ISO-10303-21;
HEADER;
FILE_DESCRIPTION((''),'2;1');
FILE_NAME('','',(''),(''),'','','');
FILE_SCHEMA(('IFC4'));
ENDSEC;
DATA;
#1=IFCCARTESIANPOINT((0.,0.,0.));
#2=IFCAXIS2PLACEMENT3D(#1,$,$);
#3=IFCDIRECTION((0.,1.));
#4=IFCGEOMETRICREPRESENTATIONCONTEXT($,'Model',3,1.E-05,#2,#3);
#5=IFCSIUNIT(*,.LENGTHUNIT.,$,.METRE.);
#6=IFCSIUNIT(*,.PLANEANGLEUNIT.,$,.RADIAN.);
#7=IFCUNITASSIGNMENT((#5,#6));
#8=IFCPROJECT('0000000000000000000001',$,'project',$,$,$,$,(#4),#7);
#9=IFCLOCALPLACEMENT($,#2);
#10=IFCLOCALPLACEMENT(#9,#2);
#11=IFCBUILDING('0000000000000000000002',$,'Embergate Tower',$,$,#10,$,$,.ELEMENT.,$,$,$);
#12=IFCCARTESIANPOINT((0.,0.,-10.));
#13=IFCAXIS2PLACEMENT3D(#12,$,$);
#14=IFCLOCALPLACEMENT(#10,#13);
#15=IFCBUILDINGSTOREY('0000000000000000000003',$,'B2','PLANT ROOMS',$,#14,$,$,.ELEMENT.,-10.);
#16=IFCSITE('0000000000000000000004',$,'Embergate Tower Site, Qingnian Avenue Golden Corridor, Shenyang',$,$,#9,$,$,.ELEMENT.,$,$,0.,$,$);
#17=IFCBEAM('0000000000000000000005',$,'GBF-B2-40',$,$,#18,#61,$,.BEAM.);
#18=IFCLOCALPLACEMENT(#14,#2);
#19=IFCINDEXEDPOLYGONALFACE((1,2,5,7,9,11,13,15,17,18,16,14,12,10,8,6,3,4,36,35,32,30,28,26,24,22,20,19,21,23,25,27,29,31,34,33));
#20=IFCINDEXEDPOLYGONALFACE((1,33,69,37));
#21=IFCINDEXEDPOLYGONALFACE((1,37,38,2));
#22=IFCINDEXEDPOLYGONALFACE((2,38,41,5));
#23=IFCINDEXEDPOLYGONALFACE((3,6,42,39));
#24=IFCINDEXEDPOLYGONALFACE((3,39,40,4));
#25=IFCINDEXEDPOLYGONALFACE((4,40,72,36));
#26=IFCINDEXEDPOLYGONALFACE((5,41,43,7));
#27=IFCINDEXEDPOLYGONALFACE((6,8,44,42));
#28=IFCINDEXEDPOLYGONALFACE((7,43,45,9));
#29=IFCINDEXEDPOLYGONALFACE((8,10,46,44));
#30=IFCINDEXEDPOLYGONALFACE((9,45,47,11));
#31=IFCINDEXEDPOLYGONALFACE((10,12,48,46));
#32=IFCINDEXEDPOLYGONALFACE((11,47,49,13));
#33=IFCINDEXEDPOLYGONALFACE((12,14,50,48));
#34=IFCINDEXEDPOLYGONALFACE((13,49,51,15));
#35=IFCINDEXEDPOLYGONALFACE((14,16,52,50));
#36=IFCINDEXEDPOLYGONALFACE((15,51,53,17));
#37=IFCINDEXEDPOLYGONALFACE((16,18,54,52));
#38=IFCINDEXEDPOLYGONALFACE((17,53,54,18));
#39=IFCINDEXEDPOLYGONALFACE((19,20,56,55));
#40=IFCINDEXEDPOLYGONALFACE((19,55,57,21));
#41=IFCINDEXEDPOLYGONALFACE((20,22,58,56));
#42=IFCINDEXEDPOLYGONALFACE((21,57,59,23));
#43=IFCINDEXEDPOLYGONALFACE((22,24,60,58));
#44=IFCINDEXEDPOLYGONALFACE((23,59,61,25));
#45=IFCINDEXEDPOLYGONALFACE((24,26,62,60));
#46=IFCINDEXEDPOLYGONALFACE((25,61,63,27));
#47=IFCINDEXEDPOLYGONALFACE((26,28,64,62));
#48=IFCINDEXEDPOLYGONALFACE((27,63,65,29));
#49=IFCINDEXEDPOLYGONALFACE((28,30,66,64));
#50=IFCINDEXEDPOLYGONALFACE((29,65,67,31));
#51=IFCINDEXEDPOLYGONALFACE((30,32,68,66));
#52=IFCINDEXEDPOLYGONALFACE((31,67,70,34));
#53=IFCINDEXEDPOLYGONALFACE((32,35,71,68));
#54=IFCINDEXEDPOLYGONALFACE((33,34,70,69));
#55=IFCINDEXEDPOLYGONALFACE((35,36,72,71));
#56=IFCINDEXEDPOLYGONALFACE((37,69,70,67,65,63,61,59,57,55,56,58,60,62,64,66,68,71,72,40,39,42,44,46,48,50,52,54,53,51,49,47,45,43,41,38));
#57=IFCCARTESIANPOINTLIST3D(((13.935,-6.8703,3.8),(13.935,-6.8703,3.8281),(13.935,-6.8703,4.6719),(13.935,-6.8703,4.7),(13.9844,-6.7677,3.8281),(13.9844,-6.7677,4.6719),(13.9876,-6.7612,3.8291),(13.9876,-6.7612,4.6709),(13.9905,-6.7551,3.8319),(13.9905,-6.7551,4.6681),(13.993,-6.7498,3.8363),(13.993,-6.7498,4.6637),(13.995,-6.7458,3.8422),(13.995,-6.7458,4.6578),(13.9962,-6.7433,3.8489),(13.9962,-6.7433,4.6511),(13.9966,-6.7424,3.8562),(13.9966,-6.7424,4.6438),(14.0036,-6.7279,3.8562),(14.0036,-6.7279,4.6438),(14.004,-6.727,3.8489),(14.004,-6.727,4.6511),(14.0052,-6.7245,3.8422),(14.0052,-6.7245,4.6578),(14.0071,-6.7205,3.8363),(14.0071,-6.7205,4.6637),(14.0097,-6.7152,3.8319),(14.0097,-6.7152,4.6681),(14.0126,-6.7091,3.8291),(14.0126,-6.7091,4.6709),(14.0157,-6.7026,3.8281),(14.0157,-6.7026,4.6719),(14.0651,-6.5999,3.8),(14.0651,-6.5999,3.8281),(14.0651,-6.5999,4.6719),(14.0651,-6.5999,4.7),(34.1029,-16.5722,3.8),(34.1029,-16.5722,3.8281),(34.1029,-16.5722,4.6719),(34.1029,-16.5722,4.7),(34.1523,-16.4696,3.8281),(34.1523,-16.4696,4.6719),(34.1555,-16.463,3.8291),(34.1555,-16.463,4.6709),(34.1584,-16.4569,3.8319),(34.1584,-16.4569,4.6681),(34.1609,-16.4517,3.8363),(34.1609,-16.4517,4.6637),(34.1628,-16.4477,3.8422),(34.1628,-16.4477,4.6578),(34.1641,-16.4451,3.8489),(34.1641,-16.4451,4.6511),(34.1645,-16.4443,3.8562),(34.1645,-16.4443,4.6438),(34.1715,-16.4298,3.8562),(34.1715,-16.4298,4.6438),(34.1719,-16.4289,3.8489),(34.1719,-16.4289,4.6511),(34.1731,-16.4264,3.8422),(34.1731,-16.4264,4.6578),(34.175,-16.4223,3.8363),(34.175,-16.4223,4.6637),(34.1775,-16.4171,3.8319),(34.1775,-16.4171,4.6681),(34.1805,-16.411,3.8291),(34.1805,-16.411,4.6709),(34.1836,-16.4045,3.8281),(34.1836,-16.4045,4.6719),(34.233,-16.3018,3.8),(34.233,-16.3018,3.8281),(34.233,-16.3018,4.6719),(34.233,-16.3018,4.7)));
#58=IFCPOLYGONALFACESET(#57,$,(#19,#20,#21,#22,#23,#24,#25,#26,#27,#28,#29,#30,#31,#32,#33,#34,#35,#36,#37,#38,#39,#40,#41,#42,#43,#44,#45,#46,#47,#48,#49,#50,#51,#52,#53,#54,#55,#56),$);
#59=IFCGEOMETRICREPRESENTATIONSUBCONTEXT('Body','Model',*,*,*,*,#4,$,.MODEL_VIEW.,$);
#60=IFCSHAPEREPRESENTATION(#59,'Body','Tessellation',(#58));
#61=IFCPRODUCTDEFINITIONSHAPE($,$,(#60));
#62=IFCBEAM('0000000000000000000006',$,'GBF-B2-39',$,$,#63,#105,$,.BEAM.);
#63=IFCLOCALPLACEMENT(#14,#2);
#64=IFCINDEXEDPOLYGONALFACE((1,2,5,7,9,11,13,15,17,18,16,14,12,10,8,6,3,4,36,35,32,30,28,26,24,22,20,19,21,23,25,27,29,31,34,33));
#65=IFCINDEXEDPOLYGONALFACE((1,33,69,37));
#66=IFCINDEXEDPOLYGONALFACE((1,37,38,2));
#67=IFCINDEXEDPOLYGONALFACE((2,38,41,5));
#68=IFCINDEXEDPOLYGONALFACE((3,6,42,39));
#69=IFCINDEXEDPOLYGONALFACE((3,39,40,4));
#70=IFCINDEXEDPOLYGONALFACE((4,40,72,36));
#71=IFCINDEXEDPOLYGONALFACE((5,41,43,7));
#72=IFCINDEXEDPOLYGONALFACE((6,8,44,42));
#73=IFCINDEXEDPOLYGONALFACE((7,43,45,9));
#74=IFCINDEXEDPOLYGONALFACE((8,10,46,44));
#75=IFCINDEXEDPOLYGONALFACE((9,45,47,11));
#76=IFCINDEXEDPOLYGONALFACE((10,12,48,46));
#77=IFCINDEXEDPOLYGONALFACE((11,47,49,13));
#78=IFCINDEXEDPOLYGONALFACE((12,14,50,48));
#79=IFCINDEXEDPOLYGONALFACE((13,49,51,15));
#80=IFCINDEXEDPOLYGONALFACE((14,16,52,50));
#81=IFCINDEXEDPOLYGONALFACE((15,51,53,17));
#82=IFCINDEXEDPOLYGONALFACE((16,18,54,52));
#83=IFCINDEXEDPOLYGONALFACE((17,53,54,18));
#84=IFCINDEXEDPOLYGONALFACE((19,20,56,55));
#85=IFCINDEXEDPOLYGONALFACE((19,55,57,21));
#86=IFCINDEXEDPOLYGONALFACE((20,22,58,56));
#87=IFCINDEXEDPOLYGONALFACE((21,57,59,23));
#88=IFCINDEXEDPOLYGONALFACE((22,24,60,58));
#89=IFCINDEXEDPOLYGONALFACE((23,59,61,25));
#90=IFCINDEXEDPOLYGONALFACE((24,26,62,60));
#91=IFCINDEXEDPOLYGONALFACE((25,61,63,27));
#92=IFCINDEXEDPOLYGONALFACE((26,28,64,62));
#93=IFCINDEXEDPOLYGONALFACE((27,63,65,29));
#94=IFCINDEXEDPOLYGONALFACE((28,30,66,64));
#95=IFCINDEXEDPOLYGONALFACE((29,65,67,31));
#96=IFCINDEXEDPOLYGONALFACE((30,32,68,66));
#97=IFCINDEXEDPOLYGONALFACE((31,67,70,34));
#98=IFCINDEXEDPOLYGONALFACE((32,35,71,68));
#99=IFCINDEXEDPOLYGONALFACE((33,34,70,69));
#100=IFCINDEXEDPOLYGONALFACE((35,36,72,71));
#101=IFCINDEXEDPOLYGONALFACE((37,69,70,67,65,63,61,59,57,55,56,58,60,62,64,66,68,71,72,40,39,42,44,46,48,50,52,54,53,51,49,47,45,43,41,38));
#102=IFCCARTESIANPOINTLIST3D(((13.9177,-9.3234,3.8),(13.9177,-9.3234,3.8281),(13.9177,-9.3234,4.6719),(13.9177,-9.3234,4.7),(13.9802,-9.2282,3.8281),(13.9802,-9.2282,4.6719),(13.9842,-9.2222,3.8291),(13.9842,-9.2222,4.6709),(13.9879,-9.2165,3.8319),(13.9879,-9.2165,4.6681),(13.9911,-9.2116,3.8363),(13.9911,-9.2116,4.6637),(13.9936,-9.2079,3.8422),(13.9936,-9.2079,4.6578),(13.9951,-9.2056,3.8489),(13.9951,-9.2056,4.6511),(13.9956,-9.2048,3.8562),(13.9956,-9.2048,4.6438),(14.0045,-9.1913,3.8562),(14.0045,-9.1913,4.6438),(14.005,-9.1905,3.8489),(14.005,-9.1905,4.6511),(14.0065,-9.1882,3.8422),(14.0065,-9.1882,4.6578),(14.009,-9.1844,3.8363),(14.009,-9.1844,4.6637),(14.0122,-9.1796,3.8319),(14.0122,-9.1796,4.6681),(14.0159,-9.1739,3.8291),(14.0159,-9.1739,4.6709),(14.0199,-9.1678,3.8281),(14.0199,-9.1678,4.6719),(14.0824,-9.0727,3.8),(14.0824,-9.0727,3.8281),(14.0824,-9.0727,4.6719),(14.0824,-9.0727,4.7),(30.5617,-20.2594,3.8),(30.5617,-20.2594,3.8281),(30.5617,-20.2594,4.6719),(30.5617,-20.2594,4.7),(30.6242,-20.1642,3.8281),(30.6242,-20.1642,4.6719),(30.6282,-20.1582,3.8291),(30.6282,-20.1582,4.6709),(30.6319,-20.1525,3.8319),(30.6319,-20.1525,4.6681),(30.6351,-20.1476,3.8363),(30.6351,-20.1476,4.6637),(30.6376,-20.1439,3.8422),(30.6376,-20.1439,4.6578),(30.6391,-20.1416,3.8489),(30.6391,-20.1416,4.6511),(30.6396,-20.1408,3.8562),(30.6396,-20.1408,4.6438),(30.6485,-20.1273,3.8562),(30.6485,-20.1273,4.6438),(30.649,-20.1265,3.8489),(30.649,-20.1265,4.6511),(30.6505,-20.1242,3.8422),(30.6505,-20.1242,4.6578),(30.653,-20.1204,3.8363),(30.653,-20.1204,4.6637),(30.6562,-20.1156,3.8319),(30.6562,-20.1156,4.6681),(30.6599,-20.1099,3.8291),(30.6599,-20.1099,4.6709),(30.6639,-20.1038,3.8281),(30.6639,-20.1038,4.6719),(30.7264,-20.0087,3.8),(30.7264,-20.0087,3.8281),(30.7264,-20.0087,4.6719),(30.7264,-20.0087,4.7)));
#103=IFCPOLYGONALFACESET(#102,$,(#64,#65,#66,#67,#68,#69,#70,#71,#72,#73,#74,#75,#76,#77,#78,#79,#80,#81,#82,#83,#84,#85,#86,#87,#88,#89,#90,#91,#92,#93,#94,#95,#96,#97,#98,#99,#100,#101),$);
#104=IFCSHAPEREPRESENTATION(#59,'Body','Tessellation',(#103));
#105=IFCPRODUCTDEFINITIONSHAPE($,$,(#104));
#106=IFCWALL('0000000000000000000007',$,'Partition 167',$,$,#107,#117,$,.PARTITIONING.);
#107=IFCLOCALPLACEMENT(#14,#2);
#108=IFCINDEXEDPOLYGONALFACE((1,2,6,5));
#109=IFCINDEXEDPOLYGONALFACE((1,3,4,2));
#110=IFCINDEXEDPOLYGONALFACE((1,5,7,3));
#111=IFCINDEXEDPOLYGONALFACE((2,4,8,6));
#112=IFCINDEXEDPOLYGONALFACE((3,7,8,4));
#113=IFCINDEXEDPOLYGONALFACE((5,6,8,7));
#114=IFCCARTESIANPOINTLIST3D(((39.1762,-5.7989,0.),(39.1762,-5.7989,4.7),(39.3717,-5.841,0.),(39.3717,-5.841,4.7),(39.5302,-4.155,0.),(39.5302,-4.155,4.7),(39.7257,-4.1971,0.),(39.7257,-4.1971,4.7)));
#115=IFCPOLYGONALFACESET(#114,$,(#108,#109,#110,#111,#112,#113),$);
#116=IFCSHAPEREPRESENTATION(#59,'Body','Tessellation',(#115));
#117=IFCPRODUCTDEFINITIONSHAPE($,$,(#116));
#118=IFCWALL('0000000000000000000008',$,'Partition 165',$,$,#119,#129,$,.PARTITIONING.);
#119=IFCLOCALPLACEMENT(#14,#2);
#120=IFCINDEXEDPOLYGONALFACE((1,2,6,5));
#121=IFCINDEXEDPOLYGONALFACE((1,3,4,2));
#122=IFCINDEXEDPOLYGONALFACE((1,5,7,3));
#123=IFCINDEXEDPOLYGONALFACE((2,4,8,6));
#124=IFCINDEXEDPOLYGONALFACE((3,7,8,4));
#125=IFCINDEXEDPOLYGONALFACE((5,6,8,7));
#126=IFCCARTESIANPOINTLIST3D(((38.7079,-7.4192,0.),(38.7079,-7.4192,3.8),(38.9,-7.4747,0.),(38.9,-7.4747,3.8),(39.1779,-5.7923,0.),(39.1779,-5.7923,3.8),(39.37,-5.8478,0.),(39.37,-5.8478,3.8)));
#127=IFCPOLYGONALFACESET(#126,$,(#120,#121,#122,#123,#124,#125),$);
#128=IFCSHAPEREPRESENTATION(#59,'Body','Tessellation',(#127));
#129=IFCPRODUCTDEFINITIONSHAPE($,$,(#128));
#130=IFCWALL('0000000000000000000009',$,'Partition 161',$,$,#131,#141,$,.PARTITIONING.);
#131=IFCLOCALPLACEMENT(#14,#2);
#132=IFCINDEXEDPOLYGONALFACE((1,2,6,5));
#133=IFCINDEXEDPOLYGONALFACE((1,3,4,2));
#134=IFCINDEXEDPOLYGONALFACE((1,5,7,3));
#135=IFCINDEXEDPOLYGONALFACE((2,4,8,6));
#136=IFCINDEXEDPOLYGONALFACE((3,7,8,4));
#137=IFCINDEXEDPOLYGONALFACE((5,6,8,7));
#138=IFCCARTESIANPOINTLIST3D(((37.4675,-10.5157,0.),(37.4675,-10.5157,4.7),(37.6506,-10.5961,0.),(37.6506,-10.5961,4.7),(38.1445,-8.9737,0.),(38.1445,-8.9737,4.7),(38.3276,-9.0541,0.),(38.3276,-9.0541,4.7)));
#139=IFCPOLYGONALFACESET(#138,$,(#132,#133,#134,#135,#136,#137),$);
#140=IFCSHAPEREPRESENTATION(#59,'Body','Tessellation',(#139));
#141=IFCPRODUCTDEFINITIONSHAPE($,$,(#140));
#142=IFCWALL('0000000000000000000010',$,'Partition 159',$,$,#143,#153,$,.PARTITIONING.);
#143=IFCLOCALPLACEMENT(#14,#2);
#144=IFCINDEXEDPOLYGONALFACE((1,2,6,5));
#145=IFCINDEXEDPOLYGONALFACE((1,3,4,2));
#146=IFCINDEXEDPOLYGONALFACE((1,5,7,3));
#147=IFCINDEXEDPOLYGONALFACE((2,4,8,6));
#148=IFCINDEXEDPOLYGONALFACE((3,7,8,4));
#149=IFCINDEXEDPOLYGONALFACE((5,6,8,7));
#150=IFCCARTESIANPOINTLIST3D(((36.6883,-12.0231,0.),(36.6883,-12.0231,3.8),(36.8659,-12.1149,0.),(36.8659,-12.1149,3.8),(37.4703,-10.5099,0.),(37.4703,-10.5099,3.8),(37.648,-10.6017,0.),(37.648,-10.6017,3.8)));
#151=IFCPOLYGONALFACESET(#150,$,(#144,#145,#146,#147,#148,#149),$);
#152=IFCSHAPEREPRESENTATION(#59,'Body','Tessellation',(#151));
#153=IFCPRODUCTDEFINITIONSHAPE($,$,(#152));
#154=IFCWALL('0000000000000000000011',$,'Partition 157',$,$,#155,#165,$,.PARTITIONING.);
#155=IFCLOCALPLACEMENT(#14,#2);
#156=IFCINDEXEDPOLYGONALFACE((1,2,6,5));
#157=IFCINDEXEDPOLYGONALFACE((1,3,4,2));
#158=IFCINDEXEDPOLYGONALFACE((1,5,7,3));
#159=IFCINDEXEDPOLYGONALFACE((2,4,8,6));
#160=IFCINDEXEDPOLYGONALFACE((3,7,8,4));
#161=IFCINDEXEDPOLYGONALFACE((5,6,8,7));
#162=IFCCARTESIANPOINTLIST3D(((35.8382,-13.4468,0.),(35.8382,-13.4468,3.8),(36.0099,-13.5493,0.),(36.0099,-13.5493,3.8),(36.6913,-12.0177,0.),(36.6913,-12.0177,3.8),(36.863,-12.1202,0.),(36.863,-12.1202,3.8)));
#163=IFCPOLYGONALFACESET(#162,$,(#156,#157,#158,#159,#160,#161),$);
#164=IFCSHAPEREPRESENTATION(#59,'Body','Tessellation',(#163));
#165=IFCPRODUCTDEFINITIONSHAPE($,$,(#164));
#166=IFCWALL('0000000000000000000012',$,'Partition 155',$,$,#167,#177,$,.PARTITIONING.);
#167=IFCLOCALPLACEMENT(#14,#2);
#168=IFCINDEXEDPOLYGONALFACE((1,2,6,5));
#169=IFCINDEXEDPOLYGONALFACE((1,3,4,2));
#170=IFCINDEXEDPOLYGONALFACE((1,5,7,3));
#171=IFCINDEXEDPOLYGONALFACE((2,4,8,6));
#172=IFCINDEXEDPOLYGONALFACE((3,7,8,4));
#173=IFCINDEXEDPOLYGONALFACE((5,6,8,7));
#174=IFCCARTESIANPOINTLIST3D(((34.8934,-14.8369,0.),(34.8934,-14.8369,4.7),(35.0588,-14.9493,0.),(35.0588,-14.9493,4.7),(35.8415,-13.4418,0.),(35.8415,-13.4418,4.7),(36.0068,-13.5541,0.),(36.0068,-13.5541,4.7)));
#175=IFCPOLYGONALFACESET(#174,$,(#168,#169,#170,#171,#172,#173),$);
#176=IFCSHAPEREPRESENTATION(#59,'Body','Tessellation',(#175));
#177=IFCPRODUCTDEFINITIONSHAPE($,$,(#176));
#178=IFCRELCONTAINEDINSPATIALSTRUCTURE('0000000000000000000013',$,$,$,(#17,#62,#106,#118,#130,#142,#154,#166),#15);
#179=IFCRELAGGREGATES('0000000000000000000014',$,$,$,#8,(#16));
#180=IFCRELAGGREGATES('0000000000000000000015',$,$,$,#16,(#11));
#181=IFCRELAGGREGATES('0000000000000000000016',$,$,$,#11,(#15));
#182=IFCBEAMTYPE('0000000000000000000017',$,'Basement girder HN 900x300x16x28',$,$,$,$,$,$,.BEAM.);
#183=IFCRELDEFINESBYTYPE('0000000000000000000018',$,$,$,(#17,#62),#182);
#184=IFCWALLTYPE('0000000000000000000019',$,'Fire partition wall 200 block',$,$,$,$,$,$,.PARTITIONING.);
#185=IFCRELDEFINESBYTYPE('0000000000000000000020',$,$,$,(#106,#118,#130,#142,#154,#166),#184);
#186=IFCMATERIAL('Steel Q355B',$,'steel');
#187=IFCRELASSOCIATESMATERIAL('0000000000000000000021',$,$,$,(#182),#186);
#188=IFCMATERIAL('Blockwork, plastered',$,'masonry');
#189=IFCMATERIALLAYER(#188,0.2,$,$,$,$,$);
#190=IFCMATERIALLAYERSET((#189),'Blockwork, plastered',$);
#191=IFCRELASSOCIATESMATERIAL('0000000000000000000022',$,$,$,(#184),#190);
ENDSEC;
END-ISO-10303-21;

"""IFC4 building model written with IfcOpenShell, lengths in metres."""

from ifc_helpers import new_model, si_unit, direction, frame, frame_2d, origin, origin_2d, place, context, subcontext, project, spatial, rectangle, i_section, extrude, source, transform, mapped, material, layer, layer_set, material_profile, profile_set, type_object, element, save


model = new_model("IFC4")

# Units and contexts
model_context = context("Model", 3, precision=1e-05, world=origin(), true_north=direction((0.0, 1.0)))
body_context = subcontext(model_context, "Body", "Model", "MODEL_VIEW")
ifc_project = project(units=[si_unit("LENGTHUNIT", "METRE"), si_unit("PLANEANGLEUNIT", "RADIAN")], contexts=[model_context])

# Site, building, storey
site_placement = place(None, origin())
site = spatial("IfcSite", under=ifc_project, at=site_placement, Name="Embergate Tower Site, Qingnian Avenue Golden Corridor, Shenyang", CompositionType="ELEMENT", RefElevation=0.0)
building_placement = place(site_placement, origin())
building = spatial("IfcBuilding", under=site, at=building_placement, Name="Embergate Tower", CompositionType="ELEMENT")
storey_placement = place(building_placement, frame((0.0, 0.0, -10.0)))
storey = spatial("IfcBuildingStorey", under=building, at=storey_placement, Name="B2", Description="PLANT ROOMS", CompositionType="ELEMENT", Elevation=-10.0)

# Beams
ifc_material_1 = material(Name="Steel Q355B", Category="steel")
ifc_material_profile_1 = material_profile(ifc_material_1, i_section(OverallWidth=0.3, OverallDepth=0.8999, WebThickness=0.0161, FlangeThickness=0.0281, FilletRadius=0.0281, at=origin_2d()), Name="HN 900x300x16x28")
ifc_profile_set_1 = profile_set([ifc_material_profile_1], Name="Steel Q355 grade B")
beam_type = type_object("IfcBeamType", Name="Basement girder HN 900x300x16x28", PredefinedType="BEAM", material=ifc_profile_set_1)
shared_shape_1 = source(origin(), body_context, "Body", "SweptSolid", [
    extrude(i_section(OverallWidth=0.3, OverallDepth=0.8999, WebThickness=0.0161, FlangeThickness=0.0281, FilletRadius=0.0281, at=origin_2d()), origin(), (0.0, 0.0, 1.0), 22.3801),
])
beam_1_placement = place(storey_placement, frame((34.168, -16.437, 4.25), z_axis=(-0.901152, 0.433504, 0.0), x_axis=(-0.433504, -0.901152, 0.0)))
element("IfcBeam", 1, at=beam_1_placement, inside=storey, type_object=beam_type, Name="GBF-B2-40", PredefinedType="BEAM", context=body_context, shape_type="MappedRepresentation", body=[
    mapped(shared_shape_1, transform((0.0, 0.0, 0.0))),
])
shared_shape_2 = source(origin(), body_context, "Body", "SweptSolid", [
    extrude(i_section(OverallWidth=0.3, OverallDepth=0.8999, WebThickness=0.0161, FlangeThickness=0.0281, FilletRadius=0.0281, at=origin_2d()), origin(), (0.0, 0.0, 1.0), 19.9153),
])
beam_2_placement = place(storey_placement, frame((30.644, -20.134, 4.25), z_axis=(-0.83574, 0.549126, 0.0), x_axis=(-0.549126, -0.83574, 0.0)))
element("IfcBeam", 2, at=beam_2_placement, inside=storey, type_object=beam_type, Name="GBF-B2-39", PredefinedType="BEAM", context=body_context, shape_type="MappedRepresentation", body=[
    mapped(shared_shape_2, transform((0.0, 0.0, 0.0))),
])

# Walls
ifc_material_2 = material(Name="Blockwork, plastered", Category="masonry")
ifc_layer = layer(ifc_material_2, 0.2)
ifc_layer_set = layer_set([ifc_layer], Name="Blockwork, plastered")
wall_type = type_object("IfcWallType", Name="Fire partition wall 200 block", PredefinedType="PARTITIONING", material=ifc_layer_set)
shared_shape_3 = source(origin(), body_context, "Body", "SweptSolid", [
    extrude(rectangle(XDim=1.6816, YDim=0.2, at=frame_2d((0.8408, 0.0))), origin(), (0.0, 0.0, 1.0), 4.7),
])
wall_1_placement = place(storey_placement, frame((39.6279, -4.176, 0.0), z_axis=(0.0, 0.0, 1.0), x_axis=(-0.210501, -0.977594, 0.0)))
element("IfcWall", 3, at=wall_1_placement, inside=storey, type_object=wall_type, Name="Partition 167", PredefinedType="PARTITIONING", context=body_context, shape_type="MappedRepresentation", body=[
    mapped(shared_shape_3, transform((0.0, 0.0, 0.0))),
])
shared_shape_4 = source(origin(), body_context, "Body", "SweptSolid", [
    extrude(rectangle(XDim=1.6934, YDim=0.2, at=frame_2d((0.8467, 0.0))), origin(), (0.0, 0.0, 1.0), 3.8),
])
wall_2_placement = place(storey_placement, frame((39.2739, -5.8201, 0.0), z_axis=(0.0, 0.0, 1.0), x_axis=(-0.277519, -0.96072, 0.0)))
element("IfcWall", 4, at=wall_2_placement, inside=storey, type_object=wall_type, Name="Partition 165", PredefinedType="PARTITIONING", context=body_context, shape_type="MappedRepresentation", body=[
    mapped(shared_shape_4, transform((0.0, 0.0, 0.0))),
])
shared_shape_5 = source(origin(), body_context, "Body", "SweptSolid", [
    extrude(rectangle(XDim=1.6841, YDim=0.2, at=frame_2d((0.842, 0.0))), origin(), (0.0, 0.0, 1.0), 4.7),
])
wall_3_placement = place(storey_placement, frame((38.2361, -9.0139, 0.0), z_axis=(0.0, 0.0, 1.0), x_axis=(-0.402005, -0.915638, 0.0)))
element("IfcWall", 5, at=wall_3_placement, inside=storey, type_object=wall_type, Name="Partition 161", PredefinedType="PARTITIONING", context=body_context, shape_type="MappedRepresentation", body=[
    mapped(shared_shape_5, transform((0.0, 0.0, 0.0))),
])
shared_shape_6 = source(origin(), body_context, "Body", "SweptSolid", [
    extrude(rectangle(XDim=1.7034, YDim=0.2, at=frame_2d((0.8516, 0.0))), origin(), (0.0, 0.0, 1.0), 3.8),
])
wall_4_placement = place(storey_placement, frame((37.5591, -10.5559, 0.0), z_axis=(0.0, 0.0, 1.0), x_axis=(-0.459099, -0.888385, 0.0)))
element("IfcWall", 6, at=wall_4_placement, inside=storey, type_object=wall_type, Name="Partition 159", PredefinedType="PARTITIONING", context=body_context, shape_type="MappedRepresentation", body=[
    mapped(shared_shape_6, transform((0.0, 0.0, 0.0))),
])
shared_shape_7 = source(origin(), body_context, "Body", "SweptSolid", [
    extrude(rectangle(XDim=1.6643, YDim=0.2, at=frame_2d((0.832, 0.0))), origin(), (0.0, 0.0, 1.0), 3.8),
])
wall_5_placement = place(storey_placement, frame((36.7771, -12.0691, 0.0), z_axis=(0.0, 0.0, 1.0), x_axis=(-0.512574, -0.858643, 0.0)))
element("IfcWall", 7, at=wall_5_placement, inside=storey, type_object=wall_type, Name="Partition 157", PredefinedType="PARTITIONING", context=body_context, shape_type="MappedRepresentation", body=[
    mapped(shared_shape_7, transform((0.0, 0.0, 0.0))),
])
shared_shape_8 = source(origin(), body_context, "Body", "SweptSolid", [
    extrude(rectangle(XDim=1.6868, YDim=0.2, at=frame_2d((0.8433, 0.0))), origin(), (0.0, 0.0, 1.0), 4.7),
])
wall_6_placement = place(storey_placement, frame((35.9241, -13.498, 0.0), z_axis=(0.0, 0.0, 1.0), x_axis=(-0.562061, -0.827096, 0.0)))
element("IfcWall", 8, at=wall_6_placement, inside=storey, type_object=wall_type, Name="Partition 155", PredefinedType="PARTITIONING", context=body_context, shape_type="MappedRepresentation", body=[
    mapped(shared_shape_8, transform((0.0, 0.0, 0.0))),
])

save(model, "model.ifc")
